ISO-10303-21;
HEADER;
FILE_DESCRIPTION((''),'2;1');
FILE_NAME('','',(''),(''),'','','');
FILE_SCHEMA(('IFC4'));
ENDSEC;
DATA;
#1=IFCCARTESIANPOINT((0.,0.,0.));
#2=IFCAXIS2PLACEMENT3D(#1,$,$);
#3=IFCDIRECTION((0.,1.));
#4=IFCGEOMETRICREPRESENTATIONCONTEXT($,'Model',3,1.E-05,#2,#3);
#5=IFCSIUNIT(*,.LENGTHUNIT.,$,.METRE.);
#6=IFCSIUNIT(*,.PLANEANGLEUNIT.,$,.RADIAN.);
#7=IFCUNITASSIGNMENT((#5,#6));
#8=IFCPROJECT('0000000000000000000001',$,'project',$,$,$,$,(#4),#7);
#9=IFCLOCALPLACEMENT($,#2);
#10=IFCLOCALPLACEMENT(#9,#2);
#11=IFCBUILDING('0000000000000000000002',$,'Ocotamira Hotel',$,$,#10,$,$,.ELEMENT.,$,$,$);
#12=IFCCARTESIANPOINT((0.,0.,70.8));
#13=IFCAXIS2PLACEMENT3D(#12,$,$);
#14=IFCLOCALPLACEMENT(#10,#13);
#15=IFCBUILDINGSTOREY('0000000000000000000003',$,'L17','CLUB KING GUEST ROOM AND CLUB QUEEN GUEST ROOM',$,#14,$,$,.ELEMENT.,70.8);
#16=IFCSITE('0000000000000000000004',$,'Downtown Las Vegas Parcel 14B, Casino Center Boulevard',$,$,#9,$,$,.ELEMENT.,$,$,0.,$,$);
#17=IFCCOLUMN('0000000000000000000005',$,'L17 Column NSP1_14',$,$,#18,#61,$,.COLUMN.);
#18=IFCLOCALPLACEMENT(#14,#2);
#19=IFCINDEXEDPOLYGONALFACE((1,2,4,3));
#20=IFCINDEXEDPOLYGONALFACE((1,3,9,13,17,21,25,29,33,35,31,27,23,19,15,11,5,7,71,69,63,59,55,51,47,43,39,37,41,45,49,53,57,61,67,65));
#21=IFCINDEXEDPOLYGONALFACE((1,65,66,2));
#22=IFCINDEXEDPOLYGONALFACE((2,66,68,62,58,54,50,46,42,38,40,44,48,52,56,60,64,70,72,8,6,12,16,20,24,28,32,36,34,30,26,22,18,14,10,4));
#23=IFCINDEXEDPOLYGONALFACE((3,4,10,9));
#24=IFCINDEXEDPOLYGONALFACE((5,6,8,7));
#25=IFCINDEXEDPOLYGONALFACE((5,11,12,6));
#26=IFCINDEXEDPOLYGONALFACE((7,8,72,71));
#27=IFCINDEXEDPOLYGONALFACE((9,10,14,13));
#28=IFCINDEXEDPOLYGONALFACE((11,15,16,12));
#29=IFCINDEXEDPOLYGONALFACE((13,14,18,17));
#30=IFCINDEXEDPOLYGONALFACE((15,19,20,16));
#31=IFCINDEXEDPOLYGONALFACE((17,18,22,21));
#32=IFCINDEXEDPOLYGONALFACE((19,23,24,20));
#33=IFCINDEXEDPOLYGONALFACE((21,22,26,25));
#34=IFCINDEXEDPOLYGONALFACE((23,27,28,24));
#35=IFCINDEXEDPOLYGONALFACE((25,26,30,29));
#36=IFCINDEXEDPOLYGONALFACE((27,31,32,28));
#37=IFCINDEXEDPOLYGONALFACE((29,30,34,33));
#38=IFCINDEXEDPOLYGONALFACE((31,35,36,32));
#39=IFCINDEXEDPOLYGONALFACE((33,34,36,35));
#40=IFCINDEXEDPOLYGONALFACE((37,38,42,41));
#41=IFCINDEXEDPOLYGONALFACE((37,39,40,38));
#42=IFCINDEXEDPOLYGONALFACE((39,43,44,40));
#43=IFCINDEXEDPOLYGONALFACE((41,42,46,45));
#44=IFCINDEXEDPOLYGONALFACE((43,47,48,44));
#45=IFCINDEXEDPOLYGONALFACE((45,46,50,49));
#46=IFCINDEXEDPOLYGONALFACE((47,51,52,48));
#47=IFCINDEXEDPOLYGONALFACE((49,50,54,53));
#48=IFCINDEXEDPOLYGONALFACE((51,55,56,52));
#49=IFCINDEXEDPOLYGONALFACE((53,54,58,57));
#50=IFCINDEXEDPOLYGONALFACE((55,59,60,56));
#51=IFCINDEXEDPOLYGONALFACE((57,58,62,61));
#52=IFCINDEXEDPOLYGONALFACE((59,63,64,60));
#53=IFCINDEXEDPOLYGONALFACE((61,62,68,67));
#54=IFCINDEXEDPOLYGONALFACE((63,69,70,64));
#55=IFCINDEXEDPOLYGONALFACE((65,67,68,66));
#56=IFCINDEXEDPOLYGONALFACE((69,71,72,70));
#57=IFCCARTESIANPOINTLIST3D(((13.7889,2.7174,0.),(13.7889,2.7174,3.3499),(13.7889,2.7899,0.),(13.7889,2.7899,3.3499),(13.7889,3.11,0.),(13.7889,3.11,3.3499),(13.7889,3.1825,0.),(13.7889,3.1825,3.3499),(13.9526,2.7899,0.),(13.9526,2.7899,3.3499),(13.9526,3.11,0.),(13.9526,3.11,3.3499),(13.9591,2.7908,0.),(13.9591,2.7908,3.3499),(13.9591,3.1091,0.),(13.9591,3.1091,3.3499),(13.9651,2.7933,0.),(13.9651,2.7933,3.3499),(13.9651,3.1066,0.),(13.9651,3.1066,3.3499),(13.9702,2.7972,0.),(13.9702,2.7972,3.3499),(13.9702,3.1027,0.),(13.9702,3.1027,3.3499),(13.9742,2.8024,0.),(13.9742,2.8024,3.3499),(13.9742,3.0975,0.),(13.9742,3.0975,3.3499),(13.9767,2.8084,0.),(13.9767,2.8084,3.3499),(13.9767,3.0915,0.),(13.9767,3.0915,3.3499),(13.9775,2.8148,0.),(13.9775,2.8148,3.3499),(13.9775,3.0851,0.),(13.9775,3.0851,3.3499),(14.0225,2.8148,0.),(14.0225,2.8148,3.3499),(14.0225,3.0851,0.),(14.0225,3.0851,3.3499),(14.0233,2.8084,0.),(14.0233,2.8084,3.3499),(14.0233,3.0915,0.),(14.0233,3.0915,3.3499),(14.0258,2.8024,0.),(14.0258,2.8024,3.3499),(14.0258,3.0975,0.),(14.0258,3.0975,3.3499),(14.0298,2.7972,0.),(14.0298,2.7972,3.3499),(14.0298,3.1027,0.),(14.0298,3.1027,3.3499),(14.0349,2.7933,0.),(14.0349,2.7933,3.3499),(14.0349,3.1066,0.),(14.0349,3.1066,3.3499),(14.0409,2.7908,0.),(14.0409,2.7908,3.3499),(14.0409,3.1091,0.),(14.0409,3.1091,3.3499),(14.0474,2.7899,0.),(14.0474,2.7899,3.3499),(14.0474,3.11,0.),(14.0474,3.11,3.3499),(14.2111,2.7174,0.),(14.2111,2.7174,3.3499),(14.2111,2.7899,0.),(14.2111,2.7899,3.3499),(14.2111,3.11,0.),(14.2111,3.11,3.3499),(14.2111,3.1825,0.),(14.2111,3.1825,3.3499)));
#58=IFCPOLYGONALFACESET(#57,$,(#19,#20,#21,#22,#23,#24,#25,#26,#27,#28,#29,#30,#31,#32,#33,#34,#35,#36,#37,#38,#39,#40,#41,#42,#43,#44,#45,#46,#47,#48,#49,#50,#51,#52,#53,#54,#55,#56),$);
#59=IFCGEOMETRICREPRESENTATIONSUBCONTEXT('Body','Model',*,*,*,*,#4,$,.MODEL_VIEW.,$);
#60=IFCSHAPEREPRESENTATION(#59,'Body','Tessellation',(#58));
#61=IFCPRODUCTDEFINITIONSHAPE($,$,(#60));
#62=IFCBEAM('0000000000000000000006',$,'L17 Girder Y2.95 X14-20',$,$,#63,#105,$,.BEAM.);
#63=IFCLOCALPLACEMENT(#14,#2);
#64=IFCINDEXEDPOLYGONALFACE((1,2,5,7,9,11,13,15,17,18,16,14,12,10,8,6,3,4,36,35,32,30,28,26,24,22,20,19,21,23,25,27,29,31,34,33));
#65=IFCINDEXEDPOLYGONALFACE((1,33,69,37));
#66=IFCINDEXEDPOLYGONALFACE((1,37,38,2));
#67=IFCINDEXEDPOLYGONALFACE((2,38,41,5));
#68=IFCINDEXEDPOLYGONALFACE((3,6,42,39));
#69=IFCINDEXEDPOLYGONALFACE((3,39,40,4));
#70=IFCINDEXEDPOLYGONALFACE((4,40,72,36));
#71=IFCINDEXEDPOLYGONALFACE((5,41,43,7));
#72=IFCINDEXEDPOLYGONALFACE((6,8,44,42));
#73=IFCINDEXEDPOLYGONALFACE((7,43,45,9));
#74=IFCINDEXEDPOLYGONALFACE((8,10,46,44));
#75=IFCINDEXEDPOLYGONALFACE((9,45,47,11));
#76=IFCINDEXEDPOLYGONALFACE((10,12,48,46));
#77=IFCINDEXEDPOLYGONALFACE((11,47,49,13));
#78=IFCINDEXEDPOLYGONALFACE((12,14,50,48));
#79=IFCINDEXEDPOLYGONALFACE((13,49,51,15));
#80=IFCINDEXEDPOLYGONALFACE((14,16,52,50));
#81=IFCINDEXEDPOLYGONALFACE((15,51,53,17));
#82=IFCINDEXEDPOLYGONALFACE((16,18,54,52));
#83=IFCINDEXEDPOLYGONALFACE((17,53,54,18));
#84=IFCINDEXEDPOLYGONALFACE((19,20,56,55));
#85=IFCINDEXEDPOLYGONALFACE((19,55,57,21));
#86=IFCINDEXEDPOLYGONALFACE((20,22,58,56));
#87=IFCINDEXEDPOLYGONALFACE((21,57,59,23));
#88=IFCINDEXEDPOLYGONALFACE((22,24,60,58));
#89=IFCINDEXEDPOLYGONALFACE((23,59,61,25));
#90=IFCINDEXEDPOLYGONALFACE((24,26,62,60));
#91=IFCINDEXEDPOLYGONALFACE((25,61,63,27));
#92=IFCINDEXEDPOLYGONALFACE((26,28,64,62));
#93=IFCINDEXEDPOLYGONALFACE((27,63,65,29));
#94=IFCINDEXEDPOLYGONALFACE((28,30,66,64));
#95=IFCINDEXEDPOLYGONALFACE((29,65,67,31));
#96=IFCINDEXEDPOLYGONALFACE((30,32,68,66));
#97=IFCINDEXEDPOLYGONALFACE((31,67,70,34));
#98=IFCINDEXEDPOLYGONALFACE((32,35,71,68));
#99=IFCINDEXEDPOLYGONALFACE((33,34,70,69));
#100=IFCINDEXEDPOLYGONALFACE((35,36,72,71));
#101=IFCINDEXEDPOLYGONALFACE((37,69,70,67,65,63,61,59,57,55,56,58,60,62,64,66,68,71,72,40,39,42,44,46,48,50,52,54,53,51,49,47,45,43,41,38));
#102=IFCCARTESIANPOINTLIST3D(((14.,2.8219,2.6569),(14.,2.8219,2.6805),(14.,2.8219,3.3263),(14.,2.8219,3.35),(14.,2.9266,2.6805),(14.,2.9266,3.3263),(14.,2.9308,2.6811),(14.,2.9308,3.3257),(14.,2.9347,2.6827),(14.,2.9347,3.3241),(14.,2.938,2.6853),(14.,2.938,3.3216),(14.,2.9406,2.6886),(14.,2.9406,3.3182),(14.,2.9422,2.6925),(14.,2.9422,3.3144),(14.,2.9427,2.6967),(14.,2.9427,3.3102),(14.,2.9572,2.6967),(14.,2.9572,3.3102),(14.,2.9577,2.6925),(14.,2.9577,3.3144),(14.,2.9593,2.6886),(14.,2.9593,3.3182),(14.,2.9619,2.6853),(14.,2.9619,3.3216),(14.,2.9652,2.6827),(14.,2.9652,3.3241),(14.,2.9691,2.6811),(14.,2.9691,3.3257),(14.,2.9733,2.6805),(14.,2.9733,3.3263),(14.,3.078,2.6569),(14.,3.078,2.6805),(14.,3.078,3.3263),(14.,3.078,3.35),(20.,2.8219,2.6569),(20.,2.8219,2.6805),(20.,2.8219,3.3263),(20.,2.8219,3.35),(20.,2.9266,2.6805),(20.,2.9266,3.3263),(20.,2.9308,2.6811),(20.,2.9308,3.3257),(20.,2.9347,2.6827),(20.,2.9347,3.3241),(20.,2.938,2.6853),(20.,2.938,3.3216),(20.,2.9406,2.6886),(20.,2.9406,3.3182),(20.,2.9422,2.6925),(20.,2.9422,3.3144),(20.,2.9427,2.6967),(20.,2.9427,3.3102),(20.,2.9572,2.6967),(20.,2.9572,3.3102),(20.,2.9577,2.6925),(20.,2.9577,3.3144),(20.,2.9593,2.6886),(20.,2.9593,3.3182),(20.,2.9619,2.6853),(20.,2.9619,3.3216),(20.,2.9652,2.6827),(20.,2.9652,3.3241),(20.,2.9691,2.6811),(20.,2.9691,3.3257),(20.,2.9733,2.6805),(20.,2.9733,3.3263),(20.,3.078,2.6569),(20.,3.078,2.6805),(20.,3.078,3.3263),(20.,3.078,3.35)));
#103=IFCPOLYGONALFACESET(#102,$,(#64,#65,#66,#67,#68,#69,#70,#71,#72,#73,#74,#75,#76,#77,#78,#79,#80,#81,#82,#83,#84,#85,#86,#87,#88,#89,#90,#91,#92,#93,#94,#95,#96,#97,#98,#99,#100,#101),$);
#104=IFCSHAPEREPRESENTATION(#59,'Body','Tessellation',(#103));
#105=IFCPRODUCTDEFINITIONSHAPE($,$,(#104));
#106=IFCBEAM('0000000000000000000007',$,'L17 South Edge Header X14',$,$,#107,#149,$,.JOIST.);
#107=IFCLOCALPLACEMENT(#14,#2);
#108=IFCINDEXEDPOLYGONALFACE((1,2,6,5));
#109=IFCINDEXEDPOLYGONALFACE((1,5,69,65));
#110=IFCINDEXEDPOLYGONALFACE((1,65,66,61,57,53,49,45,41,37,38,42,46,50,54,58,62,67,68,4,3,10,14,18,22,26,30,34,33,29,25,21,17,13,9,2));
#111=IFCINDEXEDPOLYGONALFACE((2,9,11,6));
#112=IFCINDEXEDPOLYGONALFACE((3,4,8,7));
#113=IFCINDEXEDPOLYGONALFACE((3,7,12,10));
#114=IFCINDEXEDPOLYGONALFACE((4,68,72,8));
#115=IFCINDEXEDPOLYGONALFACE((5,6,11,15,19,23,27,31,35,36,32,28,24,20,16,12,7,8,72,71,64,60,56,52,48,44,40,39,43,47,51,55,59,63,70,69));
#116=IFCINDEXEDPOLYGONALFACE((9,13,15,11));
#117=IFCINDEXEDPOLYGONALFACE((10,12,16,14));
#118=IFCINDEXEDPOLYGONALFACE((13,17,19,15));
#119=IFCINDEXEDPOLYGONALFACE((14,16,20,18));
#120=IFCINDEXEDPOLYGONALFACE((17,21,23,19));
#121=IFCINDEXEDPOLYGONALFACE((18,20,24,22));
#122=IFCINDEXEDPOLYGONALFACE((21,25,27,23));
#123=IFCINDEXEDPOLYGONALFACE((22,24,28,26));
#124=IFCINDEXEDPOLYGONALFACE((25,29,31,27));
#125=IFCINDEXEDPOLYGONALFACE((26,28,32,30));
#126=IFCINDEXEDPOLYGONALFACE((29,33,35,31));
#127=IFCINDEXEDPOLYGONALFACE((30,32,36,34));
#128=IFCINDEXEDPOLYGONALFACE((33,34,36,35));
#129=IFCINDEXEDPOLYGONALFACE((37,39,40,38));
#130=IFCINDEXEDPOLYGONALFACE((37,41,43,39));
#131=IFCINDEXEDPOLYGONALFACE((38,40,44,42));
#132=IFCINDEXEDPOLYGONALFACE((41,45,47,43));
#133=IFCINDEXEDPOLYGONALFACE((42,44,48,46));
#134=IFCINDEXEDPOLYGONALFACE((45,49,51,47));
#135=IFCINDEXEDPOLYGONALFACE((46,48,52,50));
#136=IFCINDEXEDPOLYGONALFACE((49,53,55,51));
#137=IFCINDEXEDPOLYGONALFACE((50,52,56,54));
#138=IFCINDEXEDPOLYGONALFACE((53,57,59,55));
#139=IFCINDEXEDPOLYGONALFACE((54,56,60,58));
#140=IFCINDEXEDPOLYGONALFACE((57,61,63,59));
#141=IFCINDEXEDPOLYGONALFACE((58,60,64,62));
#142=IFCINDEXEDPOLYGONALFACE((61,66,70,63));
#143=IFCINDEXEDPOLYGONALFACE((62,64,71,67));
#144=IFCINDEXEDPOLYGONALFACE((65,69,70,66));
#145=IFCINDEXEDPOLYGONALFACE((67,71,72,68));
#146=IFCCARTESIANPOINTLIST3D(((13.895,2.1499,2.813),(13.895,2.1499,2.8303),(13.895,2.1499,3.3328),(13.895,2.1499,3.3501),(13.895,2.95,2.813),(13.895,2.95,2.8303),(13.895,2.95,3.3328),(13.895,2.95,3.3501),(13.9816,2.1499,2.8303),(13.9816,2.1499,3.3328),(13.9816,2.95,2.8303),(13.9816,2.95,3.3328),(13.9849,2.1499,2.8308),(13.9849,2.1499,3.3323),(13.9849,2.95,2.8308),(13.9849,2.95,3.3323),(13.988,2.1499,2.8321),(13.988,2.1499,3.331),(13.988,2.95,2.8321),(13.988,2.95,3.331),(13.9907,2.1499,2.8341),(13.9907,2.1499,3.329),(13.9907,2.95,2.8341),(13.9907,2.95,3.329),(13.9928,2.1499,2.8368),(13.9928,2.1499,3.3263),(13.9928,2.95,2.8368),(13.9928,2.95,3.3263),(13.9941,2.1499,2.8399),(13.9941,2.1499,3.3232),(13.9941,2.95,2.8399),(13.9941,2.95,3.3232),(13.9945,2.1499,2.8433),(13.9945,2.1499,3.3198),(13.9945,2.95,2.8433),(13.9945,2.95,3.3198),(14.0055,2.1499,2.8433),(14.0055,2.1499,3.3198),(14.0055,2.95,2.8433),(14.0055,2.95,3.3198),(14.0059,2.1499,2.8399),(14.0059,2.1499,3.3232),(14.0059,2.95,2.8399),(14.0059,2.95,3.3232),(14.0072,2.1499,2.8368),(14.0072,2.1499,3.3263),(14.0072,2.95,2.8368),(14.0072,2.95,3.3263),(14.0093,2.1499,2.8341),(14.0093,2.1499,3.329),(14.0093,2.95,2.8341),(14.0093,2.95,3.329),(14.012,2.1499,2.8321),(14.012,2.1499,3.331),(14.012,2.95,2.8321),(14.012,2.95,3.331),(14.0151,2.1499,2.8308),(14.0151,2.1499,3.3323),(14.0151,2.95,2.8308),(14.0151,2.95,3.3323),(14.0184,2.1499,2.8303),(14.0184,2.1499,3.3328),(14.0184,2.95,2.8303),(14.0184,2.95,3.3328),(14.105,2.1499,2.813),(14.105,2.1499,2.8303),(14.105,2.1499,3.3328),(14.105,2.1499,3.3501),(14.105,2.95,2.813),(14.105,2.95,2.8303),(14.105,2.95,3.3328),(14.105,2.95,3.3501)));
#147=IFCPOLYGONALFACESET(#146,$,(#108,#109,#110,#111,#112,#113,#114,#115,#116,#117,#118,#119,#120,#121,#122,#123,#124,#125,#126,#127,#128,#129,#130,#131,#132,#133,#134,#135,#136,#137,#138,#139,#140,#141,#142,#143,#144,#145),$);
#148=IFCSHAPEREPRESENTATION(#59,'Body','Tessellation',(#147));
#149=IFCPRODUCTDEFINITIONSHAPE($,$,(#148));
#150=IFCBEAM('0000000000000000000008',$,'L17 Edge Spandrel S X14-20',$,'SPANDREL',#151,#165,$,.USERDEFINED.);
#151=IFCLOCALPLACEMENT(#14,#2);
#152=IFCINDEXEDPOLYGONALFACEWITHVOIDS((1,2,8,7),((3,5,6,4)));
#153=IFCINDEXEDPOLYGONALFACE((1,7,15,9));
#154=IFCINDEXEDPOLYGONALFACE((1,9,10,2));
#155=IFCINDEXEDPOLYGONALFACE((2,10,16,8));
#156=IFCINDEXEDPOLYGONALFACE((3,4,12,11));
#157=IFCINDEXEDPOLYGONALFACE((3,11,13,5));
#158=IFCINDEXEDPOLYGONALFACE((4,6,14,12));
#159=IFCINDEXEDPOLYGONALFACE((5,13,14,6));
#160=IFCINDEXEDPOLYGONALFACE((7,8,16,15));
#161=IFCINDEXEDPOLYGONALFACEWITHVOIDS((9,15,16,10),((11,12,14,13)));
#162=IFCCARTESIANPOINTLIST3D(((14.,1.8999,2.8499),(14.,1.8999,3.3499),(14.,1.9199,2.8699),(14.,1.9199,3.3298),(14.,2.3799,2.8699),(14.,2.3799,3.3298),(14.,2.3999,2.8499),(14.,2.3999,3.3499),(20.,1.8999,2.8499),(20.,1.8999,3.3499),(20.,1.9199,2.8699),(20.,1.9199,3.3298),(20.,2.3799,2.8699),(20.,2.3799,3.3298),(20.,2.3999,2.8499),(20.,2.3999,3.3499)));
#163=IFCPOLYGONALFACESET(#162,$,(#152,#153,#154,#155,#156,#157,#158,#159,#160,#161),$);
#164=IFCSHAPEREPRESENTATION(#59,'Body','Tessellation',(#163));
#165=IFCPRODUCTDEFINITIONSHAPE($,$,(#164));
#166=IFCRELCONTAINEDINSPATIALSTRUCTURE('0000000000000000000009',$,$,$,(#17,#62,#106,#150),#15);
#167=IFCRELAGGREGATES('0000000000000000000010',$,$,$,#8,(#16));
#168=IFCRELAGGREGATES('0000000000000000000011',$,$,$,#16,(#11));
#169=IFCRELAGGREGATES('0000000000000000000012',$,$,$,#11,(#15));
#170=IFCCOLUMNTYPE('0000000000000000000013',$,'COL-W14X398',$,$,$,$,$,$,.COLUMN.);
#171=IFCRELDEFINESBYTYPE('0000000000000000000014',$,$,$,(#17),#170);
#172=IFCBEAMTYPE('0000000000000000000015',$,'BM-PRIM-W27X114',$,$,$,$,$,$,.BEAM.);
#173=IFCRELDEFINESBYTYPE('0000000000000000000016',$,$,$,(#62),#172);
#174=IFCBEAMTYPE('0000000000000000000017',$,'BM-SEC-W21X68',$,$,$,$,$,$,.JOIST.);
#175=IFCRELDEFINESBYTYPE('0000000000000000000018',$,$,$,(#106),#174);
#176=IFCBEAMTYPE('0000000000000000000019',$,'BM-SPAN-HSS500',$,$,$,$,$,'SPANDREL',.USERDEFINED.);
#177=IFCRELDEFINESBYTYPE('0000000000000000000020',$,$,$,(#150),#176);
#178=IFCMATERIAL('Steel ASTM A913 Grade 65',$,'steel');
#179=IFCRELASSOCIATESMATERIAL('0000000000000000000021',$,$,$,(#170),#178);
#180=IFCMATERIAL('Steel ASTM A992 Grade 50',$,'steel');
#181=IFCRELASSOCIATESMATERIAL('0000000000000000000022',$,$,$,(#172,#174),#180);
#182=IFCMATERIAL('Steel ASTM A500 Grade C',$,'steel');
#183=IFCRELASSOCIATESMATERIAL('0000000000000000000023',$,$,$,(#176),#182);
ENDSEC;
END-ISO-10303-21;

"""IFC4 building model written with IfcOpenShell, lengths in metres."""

from ifc_helpers import new_model, si_unit, direction, frame, origin, origin_2d, place, context, subcontext, project, spatial, hollow_rectangle, i_section, extrude, source, transform, mapped, material, material_profile, profile_set, type_object, element, save


model = new_model("IFC4")

# Units and contexts
model_context = context("Model", 3, precision=1e-05, world=origin(), true_north=direction((0.0, 1.0)))
body_context = subcontext(model_context, "Body", "Model", "MODEL_VIEW")
ifc_project = project(units=[si_unit("LENGTHUNIT", "METRE"), si_unit("PLANEANGLEUNIT", "RADIAN")], contexts=[model_context])

# Site, building, storey
site_placement = place(None, origin())
site = spatial("IfcSite", under=ifc_project, at=site_placement, Name="Downtown Las Vegas Parcel 14B, Casino Center Boulevard", CompositionType="ELEMENT", RefElevation=0.0)
building_placement = place(site_placement, origin())
building = spatial("IfcBuilding", under=site, at=building_placement, Name="Ocotamira Hotel", CompositionType="ELEMENT")
storey_placement = place(building_placement, frame((0.0, 0.0, 70.8)))
storey = spatial("IfcBuildingStorey", under=building, at=storey_placement, Name="L17", Description="CLUB KING GUEST ROOM AND CLUB QUEEN GUEST ROOM", CompositionType="ELEMENT", Elevation=70.8)

# Column
ifc_material_1 = material(Name="Steel ASTM A913 Grade 65", Category="steel")
ifc_material_profile_1 = material_profile(ifc_material_1, i_section(OverallWidth=0.4221, OverallDepth=0.4651, WebThickness=0.0449, FlangeThickness=0.0725, FilletRadius=0.0249, at=origin_2d()), Name="W14X398")
ifc_profile_set_1 = profile_set([ifc_material_profile_1], Name="Steel ASTM A913 Grade 65")
column_type = type_object("IfcColumnType", Name="COL-W14X398", PredefinedType="COLUMN", material=ifc_profile_set_1)
shared_shape_1 = source(origin(), body_context, "Body", "SweptSolid", [
    extrude(i_section(OverallWidth=0.4221, OverallDepth=0.4651, WebThickness=0.0449, FlangeThickness=0.0725, FilletRadius=0.0249, at=origin_2d()), origin(), (0.0, 0.0, 1.0), 3.3499),
])
column_placement = place(storey_placement, frame((14.0, 2.95, 0.0), z_axis=(0.0, 0.0, 1.0), x_axis=(1.0, 0.0, 0.0)))
element("IfcColumn", 1, at=column_placement, inside=storey, type_object=column_type, Name="L17 Column NSP1_14", PredefinedType="COLUMN", context=body_context, shape_type="MappedRepresentation", body=[
    mapped(shared_shape_1, transform((0.0, 0.0, 0.0), scale=1.0)),
])

# Beams
ifc_material_2 = material(Name="Steel ASTM A992 Grade 50", Category="steel")
ifc_material_profile_2 = material_profile(ifc_material_2, i_section(OverallWidth=0.2561, OverallDepth=0.6931, WebThickness=0.0144, FlangeThickness=0.0237, FilletRadius=0.0161, at=origin_2d()), Name="W27X114")
ifc_profile_set_2 = profile_set([ifc_material_profile_2], Name="Steel ASTM A992 Grade 50")
beam_type_1 = type_object("IfcBeamType", Name="BM-PRIM-W27X114", PredefinedType="BEAM", material=ifc_profile_set_2)
shared_shape_2 = source(origin(), body_context, "Body", "SweptSolid", [
    extrude(i_section(OverallWidth=0.2561, OverallDepth=0.6931, WebThickness=0.0144, FlangeThickness=0.0237, FilletRadius=0.0161, at=origin_2d()), origin(), (0.0, 0.0, 1.0), 6.0),
])
beam_1_placement = place(storey_placement, frame((14.0, 2.95, 3.0034), z_axis=(1.0, 0.0, 0.0), x_axis=(0.0, 1.0, 0.0)))
element("IfcBeam", 2, at=beam_1_placement, inside=storey, type_object=beam_type_1, Name="L17 Girder Y2.95 X14-20", PredefinedType="BEAM", context=body_context, shape_type="MappedRepresentation", body=[
    mapped(shared_shape_2, transform((0.0, 0.0, 0.0), scale=1.0)),
])
ifc_material_profile_3 = material_profile(ifc_material_2, i_section(OverallWidth=0.21, OverallDepth=0.5371, WebThickness=0.011, FlangeThickness=0.0173, FilletRadius=0.0129, at=origin_2d()), Name="W21X68")
ifc_profile_set_3 = profile_set([ifc_material_profile_3], Name="Steel ASTM A992 Grade 50")
beam_type_2 = type_object("IfcBeamType", Name="BM-SEC-W21X68", PredefinedType="JOIST", material=ifc_profile_set_3)
shared_shape_3 = source(origin(), body_context, "Body", "SweptSolid", [
    extrude(i_section(OverallWidth=0.21, OverallDepth=0.5371, WebThickness=0.011, FlangeThickness=0.0173, FilletRadius=0.0129, at=origin_2d()), origin(), (0.0, 0.0, 1.0), 0.8),
])
beam_2_placement = place(storey_placement, frame((14.0, 2.95, 3.0815), z_axis=(0.0, -1.0, 0.0), x_axis=(1.0, 0.0, 0.0)))
element("IfcBeam", 3, at=beam_2_placement, inside=storey, type_object=beam_type_2, Name="L17 South Edge Header X14", PredefinedType="JOIST", context=body_context, shape_type="MappedRepresentation", body=[
    mapped(shared_shape_3, transform((0.0, 0.0, 0.0), scale=1.0)),
])
ifc_material_3 = material(Name="Steel ASTM A500 Grade C", Category="steel")
ifc_material_profile_4 = material_profile(ifc_material_3, hollow_rectangle(XDim=0.5, YDim=0.5, WallThickness=0.02, at=origin_2d()), Name="HSS500X500X20")
ifc_profile_set_4 = profile_set([ifc_material_profile_4], Name="Steel ASTM A500 Grade C")
beam_type_3 = type_object("IfcBeamType", Name="BM-SPAN-HSS500", ElementType="SPANDREL", PredefinedType="USERDEFINED", material=ifc_profile_set_4)
shared_shape_4 = source(origin(), body_context, "Body", "SweptSolid", [
    extrude(hollow_rectangle(XDim=0.5, YDim=0.5, WallThickness=0.02, at=origin_2d()), origin(), (0.0, 0.0, 1.0), 6.0),
])
beam_3_placement = place(storey_placement, frame((14.0, 2.1499, 3.0999), z_axis=(1.0, 0.0, 0.0), x_axis=(0.0, 1.0, 0.0)))
element("IfcBeam", 4, at=beam_3_placement, inside=storey, type_object=beam_type_3, Name="L17 Edge Spandrel S X14-20", ObjectType="SPANDREL", PredefinedType="USERDEFINED", context=body_context, shape_type="MappedRepresentation", body=[
    mapped(shared_shape_4, transform((0.0, 0.0, 0.0), scale=1.0)),
])

save(model, "model.ifc")
